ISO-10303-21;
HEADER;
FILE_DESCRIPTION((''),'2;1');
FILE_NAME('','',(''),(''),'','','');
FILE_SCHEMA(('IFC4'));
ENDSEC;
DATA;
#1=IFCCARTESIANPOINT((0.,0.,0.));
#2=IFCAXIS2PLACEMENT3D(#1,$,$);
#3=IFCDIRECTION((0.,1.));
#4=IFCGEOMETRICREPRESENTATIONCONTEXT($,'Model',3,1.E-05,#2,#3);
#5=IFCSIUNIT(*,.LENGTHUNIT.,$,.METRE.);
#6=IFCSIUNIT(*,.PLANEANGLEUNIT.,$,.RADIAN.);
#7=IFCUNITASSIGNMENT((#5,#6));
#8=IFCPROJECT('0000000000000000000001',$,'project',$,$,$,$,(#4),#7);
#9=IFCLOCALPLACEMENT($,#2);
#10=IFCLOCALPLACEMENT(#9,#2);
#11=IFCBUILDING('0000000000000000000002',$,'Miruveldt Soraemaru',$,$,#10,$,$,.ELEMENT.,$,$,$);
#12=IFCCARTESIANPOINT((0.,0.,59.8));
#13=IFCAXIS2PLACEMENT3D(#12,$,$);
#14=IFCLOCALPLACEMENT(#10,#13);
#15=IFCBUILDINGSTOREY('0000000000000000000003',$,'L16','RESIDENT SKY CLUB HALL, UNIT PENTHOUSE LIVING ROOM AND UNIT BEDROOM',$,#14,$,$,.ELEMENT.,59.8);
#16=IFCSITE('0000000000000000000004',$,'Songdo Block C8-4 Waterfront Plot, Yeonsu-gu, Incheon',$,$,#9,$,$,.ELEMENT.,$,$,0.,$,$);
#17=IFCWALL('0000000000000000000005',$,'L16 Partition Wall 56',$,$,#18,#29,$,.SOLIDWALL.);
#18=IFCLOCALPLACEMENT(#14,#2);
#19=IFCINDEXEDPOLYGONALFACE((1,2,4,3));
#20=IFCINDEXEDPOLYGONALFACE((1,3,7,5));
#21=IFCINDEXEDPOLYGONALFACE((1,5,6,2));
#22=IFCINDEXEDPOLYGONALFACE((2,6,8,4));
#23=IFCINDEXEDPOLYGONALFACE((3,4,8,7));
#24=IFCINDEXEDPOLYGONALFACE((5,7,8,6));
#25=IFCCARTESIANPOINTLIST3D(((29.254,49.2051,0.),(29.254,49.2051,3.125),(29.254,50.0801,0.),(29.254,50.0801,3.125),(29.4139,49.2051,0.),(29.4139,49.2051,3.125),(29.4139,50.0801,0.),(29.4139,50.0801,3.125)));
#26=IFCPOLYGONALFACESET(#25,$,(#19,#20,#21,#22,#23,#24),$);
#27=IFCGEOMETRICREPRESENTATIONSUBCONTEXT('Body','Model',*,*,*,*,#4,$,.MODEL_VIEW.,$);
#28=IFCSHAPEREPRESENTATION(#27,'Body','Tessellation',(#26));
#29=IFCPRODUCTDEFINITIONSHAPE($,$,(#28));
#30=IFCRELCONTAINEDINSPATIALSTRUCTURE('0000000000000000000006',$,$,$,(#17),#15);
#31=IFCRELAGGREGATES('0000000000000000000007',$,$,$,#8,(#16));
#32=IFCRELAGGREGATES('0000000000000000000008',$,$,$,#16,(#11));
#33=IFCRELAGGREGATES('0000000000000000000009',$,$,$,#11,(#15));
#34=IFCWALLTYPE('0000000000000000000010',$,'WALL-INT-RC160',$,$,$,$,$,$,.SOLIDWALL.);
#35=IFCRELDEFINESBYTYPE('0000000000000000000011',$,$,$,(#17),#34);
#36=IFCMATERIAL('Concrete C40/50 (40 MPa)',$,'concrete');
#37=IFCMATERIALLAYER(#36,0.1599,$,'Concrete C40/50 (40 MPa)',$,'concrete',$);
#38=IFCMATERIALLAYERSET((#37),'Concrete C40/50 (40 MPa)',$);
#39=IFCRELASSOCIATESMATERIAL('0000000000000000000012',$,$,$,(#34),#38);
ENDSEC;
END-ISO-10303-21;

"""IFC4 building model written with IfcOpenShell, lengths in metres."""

from ifc_helpers import new_model, si_unit, direction, frame, frame_2d, origin, place, context, subcontext, project, spatial, rectangle, extrude, material, layer, layer_set, type_object, element, save


model = new_model("IFC4")

# Units and contexts
model_context = context("Model", 3, precision=1e-05, world=origin(), true_north=direction((0.0, 1.0)))
body_context = subcontext(model_context, "Body", "Model", "MODEL_VIEW")
ifc_project = project(units=[si_unit("LENGTHUNIT", "METRE"), si_unit("PLANEANGLEUNIT", "RADIAN")], contexts=[model_context])

# Site, building, storey
site_placement = place(None, origin())
site = spatial("IfcSite", under=ifc_project, at=site_placement, Name="Songdo Block C8-4 Waterfront Plot, Yeonsu-gu, Incheon", CompositionType="ELEMENT", RefElevation=0.0)
building_placement = place(site_placement, origin())
building = spatial("IfcBuilding", under=site, at=building_placement, Name="Miruveldt Soraemaru", CompositionType="ELEMENT")
storey_placement = place(building_placement, frame((0.0, 0.0, 59.8)))
storey = spatial("IfcBuildingStorey", under=building, at=storey_placement, Name="L16", Description="RESIDENT SKY CLUB HALL, UNIT PENTHOUSE LIVING ROOM AND UNIT BEDROOM", CompositionType="ELEMENT", Elevation=59.8)

# Shared definitions
ifc_material_1 = material(Name="Concrete C40/50 (40 MPa)", Category="concrete")
ifc_layer_1 = layer(ifc_material_1, 0.1599, Name="Concrete C40/50 (40 MPa)", Category="concrete")
ifc_layer_set_1 = layer_set([ifc_layer_1], Name="Concrete C40/50 (40 MPa)")
wall_type_1 = type_object("IfcWallType", Name="WALL-INT-RC160", PredefinedType="SOLIDWALL", material=ifc_layer_set_1)

# Wall
wall_1_placement = place(storey_placement, frame((29.334, 50.0801, 0.0), z_axis=(0.0, 0.0, 1.0), x_axis=(0.0, -1.0, 0.0)))
element("IfcWall", 1, at=wall_1_placement, inside=storey, type_object=wall_type_1, Name="L16 Partition Wall 56", PredefinedType="SOLIDWALL", context=body_context, shape_type="SweptSolid", body=[
    extrude(rectangle(XDim=0.875, YDim=0.1599, at=frame_2d((0.4375, 0.0))), origin(), (0.0, 0.0, 1.0), 3.125),
])

save(model, "model.ifc")
